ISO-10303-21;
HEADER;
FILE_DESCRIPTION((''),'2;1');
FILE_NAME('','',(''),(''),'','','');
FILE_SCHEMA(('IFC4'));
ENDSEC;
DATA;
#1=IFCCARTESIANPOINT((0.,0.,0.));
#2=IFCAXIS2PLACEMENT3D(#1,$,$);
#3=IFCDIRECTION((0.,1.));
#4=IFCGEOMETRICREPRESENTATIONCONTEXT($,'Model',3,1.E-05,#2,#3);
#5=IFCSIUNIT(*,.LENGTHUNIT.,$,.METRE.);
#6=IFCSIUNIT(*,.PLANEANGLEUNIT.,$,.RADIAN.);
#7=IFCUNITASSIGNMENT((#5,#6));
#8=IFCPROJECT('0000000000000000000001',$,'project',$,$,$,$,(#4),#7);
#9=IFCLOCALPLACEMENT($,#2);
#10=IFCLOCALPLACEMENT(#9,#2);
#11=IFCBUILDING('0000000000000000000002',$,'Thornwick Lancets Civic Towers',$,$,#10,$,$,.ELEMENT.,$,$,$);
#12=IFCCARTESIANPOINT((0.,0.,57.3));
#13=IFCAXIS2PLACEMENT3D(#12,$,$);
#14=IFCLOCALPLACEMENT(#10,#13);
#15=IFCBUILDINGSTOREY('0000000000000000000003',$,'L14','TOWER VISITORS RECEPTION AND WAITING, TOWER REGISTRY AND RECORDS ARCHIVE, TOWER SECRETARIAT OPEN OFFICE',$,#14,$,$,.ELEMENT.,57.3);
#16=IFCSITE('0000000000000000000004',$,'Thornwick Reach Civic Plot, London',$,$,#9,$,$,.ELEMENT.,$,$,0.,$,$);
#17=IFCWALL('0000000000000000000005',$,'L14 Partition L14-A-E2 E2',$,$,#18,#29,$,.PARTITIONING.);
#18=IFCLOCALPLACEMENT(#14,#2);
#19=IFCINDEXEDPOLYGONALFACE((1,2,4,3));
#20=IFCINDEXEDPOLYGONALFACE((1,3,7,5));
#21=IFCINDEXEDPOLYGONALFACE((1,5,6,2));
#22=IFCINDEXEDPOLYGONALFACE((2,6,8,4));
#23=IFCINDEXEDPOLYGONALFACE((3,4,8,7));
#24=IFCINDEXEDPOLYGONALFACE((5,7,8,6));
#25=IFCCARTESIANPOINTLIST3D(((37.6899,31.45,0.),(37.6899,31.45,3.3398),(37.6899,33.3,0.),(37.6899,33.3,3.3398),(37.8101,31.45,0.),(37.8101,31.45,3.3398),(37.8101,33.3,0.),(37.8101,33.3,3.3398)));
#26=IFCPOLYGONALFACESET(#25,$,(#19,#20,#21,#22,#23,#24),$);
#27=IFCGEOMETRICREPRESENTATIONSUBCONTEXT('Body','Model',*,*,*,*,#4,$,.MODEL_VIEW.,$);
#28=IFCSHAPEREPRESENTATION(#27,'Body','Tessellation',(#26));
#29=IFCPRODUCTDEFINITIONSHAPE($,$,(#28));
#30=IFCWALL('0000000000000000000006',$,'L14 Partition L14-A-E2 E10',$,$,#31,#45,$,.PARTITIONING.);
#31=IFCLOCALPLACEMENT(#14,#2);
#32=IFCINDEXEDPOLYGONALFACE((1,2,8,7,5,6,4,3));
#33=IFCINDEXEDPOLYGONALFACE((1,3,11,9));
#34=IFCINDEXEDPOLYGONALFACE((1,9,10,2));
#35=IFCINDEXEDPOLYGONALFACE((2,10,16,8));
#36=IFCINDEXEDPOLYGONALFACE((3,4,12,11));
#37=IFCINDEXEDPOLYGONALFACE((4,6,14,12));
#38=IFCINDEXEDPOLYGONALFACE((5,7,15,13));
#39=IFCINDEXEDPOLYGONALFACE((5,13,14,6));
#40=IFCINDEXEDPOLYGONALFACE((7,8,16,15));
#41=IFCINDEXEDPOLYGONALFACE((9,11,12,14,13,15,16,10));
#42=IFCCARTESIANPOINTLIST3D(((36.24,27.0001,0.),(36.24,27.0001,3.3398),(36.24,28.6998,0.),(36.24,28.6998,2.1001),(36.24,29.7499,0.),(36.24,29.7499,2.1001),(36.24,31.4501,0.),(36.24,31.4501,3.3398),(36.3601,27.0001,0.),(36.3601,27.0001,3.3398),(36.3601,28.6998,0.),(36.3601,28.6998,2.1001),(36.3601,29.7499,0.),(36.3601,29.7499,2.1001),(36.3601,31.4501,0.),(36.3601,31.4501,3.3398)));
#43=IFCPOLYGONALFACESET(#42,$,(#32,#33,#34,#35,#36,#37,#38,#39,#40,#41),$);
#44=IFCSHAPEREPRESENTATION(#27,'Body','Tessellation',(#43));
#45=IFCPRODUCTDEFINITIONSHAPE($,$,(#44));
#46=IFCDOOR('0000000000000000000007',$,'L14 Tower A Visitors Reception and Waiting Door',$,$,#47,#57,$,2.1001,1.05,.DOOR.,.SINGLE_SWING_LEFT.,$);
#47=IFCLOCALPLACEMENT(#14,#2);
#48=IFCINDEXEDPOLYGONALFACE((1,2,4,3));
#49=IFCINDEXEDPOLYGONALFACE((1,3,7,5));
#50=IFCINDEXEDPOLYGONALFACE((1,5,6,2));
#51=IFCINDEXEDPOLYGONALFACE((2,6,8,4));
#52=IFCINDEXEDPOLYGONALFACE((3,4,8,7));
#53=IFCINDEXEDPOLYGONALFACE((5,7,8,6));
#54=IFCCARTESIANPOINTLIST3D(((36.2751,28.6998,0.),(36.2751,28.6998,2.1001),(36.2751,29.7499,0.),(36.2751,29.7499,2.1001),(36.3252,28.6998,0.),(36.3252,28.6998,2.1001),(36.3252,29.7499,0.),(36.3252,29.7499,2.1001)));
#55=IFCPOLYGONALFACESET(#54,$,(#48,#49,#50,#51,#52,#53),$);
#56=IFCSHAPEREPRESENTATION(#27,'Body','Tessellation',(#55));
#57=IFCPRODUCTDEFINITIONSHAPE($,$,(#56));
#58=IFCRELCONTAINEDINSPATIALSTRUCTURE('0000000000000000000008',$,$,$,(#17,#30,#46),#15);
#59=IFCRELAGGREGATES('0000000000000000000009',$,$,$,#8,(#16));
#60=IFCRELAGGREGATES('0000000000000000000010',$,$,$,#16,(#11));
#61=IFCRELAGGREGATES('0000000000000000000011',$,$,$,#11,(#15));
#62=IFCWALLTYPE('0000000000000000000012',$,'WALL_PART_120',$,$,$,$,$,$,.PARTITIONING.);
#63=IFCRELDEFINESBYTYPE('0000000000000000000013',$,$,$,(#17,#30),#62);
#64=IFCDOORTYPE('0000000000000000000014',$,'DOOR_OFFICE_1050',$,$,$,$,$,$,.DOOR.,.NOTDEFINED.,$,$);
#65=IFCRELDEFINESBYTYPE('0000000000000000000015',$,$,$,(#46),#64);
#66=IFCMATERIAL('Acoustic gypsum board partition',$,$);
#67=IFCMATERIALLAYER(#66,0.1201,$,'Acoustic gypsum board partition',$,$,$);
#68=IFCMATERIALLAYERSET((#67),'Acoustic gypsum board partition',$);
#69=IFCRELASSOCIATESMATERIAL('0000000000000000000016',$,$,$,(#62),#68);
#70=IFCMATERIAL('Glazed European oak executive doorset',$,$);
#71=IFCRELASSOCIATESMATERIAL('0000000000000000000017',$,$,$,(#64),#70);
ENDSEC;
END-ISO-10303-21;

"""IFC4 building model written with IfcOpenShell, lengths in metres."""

from ifc_helpers import new_model, si_unit, direction, frame, frame_2d, origin, place, context, subcontext, project, spatial, rectangle, extrude, material, layer, layer_set, type_object, element, fill, save


model = new_model("IFC4")

# Units and contexts
model_context = context("Model", 3, precision=1e-05, world=origin(), true_north=direction((0.0, 1.0)))
body_context = subcontext(model_context, "Body", "Model", "MODEL_VIEW")
ifc_project = project(units=[si_unit("LENGTHUNIT", "METRE"), si_unit("PLANEANGLEUNIT", "RADIAN")], contexts=[model_context])

# Site, building, storey
site_placement = place(None, origin())
site = spatial("IfcSite", under=ifc_project, at=site_placement, Name="Thornwick Reach Civic Plot, London", CompositionType="ELEMENT", RefElevation=0.0)
building_placement = place(site_placement, origin())
building = spatial("IfcBuilding", under=site, at=building_placement, Name="Thornwick Lancets Civic Towers", CompositionType="ELEMENT")
storey_placement = place(building_placement, frame((0.0, 0.0, 57.3)))
storey = spatial("IfcBuildingStorey", under=building, at=storey_placement, Name="L14", Description="TOWER VISITORS RECEPTION AND WAITING, TOWER REGISTRY AND RECORDS ARCHIVE, TOWER SECRETARIAT OPEN OFFICE", CompositionType="ELEMENT", Elevation=57.3)

# Shared definitions
ifc_material_1 = material(Name="Acoustic gypsum board partition")
ifc_layer_1 = layer(ifc_material_1, 0.1201, Name="Acoustic gypsum board partition")
ifc_layer_set_1 = layer_set([ifc_layer_1], Name="Acoustic gypsum board partition")
wall_type_1 = type_object("IfcWallType", Name="WALL_PART_120", PredefinedType="PARTITIONING", material=ifc_layer_set_1)

# Shared definitions
ifc_material_2 = material(Name="Glazed European oak executive doorset")
door_type = type_object("IfcDoorType", Name="DOOR_OFFICE_1050", OperationType="NOTDEFINED", PredefinedType="DOOR", material=ifc_material_2)

# Wall
wall_1_placement = place(storey_placement, frame((37.75, 31.45, 0.0), z_axis=(0.0, 0.0, 1.0), x_axis=(0.0, 1.0, 0.0)))
element("IfcWall", 1, at=wall_1_placement, inside=storey, type_object=wall_type_1, Name="L14 Partition L14-A-E2 E2", PredefinedType="PARTITIONING", context=body_context, shape_type="SweptSolid", body=[
    extrude(rectangle(XDim=1.8501, YDim=0.1201, at=frame_2d((0.925, 0.0))), origin(), (0.0, 0.0, 1.0), 3.3398),
])

# Wall, opening, door
wall_2_placement = place(storey_placement, frame((36.3, 27.0, 0.0), z_axis=(0.0, 0.0, 1.0), x_axis=(0.0, 1.0, 0.0)))
wall_2 = element("IfcWall", 2, at=wall_2_placement, inside=storey, type_object=wall_type_1, Name="L14 Partition L14-A-E2 E10", PredefinedType="PARTITIONING", context=body_context, shape_type="SweptSolid", body=[
    extrude(rectangle(XDim=4.45, YDim=0.1201, at=frame_2d((2.2251, 0.0))), origin(), (0.0, 0.0, 1.0), 3.3398),
])
opening_1_placement = place(wall_2_placement, frame((1.7, 0.0, 0.0)))
opening_1 = element("IfcOpeningElement", 3, at=opening_1_placement, cuts=wall_2, PredefinedType="OPENING", context=body_context, shape_type="SweptSolid", body=[
    extrude(rectangle(XDim=1.05, YDim=2.1001, at=frame_2d((0.5249, 1.05))), frame((0.0, 0.0701, 0.0), z_axis=(0.0, -1.0, 0.0), x_axis=(1.0, 0.0, 0.0)), (0.0, 0.0, 1.0), 0.1401),
])
door_1_placement = place(opening_1_placement, origin())
door_1 = element("IfcDoor", 4, at=door_1_placement, inside=storey, type_object=door_type, Name="L14 Tower A Visitors Reception and Waiting Door", OperationType="SINGLE_SWING_LEFT", OverallHeight=2.1001, OverallWidth=1.05, PredefinedType="DOOR", context=body_context, shape_type="SweptSolid", body=[
    extrude(rectangle(XDim=1.05, YDim=2.1001, at=frame_2d((0.5249, 1.05))), frame((0.0, 0.0249, 0.0), z_axis=(0.0, -1.0, 0.0), x_axis=(1.0, 0.0, 0.0)), (0.0, 0.0, 1.0), 0.05),
])
fill(opening_1, door_1)

save(model, "model.ifc")
